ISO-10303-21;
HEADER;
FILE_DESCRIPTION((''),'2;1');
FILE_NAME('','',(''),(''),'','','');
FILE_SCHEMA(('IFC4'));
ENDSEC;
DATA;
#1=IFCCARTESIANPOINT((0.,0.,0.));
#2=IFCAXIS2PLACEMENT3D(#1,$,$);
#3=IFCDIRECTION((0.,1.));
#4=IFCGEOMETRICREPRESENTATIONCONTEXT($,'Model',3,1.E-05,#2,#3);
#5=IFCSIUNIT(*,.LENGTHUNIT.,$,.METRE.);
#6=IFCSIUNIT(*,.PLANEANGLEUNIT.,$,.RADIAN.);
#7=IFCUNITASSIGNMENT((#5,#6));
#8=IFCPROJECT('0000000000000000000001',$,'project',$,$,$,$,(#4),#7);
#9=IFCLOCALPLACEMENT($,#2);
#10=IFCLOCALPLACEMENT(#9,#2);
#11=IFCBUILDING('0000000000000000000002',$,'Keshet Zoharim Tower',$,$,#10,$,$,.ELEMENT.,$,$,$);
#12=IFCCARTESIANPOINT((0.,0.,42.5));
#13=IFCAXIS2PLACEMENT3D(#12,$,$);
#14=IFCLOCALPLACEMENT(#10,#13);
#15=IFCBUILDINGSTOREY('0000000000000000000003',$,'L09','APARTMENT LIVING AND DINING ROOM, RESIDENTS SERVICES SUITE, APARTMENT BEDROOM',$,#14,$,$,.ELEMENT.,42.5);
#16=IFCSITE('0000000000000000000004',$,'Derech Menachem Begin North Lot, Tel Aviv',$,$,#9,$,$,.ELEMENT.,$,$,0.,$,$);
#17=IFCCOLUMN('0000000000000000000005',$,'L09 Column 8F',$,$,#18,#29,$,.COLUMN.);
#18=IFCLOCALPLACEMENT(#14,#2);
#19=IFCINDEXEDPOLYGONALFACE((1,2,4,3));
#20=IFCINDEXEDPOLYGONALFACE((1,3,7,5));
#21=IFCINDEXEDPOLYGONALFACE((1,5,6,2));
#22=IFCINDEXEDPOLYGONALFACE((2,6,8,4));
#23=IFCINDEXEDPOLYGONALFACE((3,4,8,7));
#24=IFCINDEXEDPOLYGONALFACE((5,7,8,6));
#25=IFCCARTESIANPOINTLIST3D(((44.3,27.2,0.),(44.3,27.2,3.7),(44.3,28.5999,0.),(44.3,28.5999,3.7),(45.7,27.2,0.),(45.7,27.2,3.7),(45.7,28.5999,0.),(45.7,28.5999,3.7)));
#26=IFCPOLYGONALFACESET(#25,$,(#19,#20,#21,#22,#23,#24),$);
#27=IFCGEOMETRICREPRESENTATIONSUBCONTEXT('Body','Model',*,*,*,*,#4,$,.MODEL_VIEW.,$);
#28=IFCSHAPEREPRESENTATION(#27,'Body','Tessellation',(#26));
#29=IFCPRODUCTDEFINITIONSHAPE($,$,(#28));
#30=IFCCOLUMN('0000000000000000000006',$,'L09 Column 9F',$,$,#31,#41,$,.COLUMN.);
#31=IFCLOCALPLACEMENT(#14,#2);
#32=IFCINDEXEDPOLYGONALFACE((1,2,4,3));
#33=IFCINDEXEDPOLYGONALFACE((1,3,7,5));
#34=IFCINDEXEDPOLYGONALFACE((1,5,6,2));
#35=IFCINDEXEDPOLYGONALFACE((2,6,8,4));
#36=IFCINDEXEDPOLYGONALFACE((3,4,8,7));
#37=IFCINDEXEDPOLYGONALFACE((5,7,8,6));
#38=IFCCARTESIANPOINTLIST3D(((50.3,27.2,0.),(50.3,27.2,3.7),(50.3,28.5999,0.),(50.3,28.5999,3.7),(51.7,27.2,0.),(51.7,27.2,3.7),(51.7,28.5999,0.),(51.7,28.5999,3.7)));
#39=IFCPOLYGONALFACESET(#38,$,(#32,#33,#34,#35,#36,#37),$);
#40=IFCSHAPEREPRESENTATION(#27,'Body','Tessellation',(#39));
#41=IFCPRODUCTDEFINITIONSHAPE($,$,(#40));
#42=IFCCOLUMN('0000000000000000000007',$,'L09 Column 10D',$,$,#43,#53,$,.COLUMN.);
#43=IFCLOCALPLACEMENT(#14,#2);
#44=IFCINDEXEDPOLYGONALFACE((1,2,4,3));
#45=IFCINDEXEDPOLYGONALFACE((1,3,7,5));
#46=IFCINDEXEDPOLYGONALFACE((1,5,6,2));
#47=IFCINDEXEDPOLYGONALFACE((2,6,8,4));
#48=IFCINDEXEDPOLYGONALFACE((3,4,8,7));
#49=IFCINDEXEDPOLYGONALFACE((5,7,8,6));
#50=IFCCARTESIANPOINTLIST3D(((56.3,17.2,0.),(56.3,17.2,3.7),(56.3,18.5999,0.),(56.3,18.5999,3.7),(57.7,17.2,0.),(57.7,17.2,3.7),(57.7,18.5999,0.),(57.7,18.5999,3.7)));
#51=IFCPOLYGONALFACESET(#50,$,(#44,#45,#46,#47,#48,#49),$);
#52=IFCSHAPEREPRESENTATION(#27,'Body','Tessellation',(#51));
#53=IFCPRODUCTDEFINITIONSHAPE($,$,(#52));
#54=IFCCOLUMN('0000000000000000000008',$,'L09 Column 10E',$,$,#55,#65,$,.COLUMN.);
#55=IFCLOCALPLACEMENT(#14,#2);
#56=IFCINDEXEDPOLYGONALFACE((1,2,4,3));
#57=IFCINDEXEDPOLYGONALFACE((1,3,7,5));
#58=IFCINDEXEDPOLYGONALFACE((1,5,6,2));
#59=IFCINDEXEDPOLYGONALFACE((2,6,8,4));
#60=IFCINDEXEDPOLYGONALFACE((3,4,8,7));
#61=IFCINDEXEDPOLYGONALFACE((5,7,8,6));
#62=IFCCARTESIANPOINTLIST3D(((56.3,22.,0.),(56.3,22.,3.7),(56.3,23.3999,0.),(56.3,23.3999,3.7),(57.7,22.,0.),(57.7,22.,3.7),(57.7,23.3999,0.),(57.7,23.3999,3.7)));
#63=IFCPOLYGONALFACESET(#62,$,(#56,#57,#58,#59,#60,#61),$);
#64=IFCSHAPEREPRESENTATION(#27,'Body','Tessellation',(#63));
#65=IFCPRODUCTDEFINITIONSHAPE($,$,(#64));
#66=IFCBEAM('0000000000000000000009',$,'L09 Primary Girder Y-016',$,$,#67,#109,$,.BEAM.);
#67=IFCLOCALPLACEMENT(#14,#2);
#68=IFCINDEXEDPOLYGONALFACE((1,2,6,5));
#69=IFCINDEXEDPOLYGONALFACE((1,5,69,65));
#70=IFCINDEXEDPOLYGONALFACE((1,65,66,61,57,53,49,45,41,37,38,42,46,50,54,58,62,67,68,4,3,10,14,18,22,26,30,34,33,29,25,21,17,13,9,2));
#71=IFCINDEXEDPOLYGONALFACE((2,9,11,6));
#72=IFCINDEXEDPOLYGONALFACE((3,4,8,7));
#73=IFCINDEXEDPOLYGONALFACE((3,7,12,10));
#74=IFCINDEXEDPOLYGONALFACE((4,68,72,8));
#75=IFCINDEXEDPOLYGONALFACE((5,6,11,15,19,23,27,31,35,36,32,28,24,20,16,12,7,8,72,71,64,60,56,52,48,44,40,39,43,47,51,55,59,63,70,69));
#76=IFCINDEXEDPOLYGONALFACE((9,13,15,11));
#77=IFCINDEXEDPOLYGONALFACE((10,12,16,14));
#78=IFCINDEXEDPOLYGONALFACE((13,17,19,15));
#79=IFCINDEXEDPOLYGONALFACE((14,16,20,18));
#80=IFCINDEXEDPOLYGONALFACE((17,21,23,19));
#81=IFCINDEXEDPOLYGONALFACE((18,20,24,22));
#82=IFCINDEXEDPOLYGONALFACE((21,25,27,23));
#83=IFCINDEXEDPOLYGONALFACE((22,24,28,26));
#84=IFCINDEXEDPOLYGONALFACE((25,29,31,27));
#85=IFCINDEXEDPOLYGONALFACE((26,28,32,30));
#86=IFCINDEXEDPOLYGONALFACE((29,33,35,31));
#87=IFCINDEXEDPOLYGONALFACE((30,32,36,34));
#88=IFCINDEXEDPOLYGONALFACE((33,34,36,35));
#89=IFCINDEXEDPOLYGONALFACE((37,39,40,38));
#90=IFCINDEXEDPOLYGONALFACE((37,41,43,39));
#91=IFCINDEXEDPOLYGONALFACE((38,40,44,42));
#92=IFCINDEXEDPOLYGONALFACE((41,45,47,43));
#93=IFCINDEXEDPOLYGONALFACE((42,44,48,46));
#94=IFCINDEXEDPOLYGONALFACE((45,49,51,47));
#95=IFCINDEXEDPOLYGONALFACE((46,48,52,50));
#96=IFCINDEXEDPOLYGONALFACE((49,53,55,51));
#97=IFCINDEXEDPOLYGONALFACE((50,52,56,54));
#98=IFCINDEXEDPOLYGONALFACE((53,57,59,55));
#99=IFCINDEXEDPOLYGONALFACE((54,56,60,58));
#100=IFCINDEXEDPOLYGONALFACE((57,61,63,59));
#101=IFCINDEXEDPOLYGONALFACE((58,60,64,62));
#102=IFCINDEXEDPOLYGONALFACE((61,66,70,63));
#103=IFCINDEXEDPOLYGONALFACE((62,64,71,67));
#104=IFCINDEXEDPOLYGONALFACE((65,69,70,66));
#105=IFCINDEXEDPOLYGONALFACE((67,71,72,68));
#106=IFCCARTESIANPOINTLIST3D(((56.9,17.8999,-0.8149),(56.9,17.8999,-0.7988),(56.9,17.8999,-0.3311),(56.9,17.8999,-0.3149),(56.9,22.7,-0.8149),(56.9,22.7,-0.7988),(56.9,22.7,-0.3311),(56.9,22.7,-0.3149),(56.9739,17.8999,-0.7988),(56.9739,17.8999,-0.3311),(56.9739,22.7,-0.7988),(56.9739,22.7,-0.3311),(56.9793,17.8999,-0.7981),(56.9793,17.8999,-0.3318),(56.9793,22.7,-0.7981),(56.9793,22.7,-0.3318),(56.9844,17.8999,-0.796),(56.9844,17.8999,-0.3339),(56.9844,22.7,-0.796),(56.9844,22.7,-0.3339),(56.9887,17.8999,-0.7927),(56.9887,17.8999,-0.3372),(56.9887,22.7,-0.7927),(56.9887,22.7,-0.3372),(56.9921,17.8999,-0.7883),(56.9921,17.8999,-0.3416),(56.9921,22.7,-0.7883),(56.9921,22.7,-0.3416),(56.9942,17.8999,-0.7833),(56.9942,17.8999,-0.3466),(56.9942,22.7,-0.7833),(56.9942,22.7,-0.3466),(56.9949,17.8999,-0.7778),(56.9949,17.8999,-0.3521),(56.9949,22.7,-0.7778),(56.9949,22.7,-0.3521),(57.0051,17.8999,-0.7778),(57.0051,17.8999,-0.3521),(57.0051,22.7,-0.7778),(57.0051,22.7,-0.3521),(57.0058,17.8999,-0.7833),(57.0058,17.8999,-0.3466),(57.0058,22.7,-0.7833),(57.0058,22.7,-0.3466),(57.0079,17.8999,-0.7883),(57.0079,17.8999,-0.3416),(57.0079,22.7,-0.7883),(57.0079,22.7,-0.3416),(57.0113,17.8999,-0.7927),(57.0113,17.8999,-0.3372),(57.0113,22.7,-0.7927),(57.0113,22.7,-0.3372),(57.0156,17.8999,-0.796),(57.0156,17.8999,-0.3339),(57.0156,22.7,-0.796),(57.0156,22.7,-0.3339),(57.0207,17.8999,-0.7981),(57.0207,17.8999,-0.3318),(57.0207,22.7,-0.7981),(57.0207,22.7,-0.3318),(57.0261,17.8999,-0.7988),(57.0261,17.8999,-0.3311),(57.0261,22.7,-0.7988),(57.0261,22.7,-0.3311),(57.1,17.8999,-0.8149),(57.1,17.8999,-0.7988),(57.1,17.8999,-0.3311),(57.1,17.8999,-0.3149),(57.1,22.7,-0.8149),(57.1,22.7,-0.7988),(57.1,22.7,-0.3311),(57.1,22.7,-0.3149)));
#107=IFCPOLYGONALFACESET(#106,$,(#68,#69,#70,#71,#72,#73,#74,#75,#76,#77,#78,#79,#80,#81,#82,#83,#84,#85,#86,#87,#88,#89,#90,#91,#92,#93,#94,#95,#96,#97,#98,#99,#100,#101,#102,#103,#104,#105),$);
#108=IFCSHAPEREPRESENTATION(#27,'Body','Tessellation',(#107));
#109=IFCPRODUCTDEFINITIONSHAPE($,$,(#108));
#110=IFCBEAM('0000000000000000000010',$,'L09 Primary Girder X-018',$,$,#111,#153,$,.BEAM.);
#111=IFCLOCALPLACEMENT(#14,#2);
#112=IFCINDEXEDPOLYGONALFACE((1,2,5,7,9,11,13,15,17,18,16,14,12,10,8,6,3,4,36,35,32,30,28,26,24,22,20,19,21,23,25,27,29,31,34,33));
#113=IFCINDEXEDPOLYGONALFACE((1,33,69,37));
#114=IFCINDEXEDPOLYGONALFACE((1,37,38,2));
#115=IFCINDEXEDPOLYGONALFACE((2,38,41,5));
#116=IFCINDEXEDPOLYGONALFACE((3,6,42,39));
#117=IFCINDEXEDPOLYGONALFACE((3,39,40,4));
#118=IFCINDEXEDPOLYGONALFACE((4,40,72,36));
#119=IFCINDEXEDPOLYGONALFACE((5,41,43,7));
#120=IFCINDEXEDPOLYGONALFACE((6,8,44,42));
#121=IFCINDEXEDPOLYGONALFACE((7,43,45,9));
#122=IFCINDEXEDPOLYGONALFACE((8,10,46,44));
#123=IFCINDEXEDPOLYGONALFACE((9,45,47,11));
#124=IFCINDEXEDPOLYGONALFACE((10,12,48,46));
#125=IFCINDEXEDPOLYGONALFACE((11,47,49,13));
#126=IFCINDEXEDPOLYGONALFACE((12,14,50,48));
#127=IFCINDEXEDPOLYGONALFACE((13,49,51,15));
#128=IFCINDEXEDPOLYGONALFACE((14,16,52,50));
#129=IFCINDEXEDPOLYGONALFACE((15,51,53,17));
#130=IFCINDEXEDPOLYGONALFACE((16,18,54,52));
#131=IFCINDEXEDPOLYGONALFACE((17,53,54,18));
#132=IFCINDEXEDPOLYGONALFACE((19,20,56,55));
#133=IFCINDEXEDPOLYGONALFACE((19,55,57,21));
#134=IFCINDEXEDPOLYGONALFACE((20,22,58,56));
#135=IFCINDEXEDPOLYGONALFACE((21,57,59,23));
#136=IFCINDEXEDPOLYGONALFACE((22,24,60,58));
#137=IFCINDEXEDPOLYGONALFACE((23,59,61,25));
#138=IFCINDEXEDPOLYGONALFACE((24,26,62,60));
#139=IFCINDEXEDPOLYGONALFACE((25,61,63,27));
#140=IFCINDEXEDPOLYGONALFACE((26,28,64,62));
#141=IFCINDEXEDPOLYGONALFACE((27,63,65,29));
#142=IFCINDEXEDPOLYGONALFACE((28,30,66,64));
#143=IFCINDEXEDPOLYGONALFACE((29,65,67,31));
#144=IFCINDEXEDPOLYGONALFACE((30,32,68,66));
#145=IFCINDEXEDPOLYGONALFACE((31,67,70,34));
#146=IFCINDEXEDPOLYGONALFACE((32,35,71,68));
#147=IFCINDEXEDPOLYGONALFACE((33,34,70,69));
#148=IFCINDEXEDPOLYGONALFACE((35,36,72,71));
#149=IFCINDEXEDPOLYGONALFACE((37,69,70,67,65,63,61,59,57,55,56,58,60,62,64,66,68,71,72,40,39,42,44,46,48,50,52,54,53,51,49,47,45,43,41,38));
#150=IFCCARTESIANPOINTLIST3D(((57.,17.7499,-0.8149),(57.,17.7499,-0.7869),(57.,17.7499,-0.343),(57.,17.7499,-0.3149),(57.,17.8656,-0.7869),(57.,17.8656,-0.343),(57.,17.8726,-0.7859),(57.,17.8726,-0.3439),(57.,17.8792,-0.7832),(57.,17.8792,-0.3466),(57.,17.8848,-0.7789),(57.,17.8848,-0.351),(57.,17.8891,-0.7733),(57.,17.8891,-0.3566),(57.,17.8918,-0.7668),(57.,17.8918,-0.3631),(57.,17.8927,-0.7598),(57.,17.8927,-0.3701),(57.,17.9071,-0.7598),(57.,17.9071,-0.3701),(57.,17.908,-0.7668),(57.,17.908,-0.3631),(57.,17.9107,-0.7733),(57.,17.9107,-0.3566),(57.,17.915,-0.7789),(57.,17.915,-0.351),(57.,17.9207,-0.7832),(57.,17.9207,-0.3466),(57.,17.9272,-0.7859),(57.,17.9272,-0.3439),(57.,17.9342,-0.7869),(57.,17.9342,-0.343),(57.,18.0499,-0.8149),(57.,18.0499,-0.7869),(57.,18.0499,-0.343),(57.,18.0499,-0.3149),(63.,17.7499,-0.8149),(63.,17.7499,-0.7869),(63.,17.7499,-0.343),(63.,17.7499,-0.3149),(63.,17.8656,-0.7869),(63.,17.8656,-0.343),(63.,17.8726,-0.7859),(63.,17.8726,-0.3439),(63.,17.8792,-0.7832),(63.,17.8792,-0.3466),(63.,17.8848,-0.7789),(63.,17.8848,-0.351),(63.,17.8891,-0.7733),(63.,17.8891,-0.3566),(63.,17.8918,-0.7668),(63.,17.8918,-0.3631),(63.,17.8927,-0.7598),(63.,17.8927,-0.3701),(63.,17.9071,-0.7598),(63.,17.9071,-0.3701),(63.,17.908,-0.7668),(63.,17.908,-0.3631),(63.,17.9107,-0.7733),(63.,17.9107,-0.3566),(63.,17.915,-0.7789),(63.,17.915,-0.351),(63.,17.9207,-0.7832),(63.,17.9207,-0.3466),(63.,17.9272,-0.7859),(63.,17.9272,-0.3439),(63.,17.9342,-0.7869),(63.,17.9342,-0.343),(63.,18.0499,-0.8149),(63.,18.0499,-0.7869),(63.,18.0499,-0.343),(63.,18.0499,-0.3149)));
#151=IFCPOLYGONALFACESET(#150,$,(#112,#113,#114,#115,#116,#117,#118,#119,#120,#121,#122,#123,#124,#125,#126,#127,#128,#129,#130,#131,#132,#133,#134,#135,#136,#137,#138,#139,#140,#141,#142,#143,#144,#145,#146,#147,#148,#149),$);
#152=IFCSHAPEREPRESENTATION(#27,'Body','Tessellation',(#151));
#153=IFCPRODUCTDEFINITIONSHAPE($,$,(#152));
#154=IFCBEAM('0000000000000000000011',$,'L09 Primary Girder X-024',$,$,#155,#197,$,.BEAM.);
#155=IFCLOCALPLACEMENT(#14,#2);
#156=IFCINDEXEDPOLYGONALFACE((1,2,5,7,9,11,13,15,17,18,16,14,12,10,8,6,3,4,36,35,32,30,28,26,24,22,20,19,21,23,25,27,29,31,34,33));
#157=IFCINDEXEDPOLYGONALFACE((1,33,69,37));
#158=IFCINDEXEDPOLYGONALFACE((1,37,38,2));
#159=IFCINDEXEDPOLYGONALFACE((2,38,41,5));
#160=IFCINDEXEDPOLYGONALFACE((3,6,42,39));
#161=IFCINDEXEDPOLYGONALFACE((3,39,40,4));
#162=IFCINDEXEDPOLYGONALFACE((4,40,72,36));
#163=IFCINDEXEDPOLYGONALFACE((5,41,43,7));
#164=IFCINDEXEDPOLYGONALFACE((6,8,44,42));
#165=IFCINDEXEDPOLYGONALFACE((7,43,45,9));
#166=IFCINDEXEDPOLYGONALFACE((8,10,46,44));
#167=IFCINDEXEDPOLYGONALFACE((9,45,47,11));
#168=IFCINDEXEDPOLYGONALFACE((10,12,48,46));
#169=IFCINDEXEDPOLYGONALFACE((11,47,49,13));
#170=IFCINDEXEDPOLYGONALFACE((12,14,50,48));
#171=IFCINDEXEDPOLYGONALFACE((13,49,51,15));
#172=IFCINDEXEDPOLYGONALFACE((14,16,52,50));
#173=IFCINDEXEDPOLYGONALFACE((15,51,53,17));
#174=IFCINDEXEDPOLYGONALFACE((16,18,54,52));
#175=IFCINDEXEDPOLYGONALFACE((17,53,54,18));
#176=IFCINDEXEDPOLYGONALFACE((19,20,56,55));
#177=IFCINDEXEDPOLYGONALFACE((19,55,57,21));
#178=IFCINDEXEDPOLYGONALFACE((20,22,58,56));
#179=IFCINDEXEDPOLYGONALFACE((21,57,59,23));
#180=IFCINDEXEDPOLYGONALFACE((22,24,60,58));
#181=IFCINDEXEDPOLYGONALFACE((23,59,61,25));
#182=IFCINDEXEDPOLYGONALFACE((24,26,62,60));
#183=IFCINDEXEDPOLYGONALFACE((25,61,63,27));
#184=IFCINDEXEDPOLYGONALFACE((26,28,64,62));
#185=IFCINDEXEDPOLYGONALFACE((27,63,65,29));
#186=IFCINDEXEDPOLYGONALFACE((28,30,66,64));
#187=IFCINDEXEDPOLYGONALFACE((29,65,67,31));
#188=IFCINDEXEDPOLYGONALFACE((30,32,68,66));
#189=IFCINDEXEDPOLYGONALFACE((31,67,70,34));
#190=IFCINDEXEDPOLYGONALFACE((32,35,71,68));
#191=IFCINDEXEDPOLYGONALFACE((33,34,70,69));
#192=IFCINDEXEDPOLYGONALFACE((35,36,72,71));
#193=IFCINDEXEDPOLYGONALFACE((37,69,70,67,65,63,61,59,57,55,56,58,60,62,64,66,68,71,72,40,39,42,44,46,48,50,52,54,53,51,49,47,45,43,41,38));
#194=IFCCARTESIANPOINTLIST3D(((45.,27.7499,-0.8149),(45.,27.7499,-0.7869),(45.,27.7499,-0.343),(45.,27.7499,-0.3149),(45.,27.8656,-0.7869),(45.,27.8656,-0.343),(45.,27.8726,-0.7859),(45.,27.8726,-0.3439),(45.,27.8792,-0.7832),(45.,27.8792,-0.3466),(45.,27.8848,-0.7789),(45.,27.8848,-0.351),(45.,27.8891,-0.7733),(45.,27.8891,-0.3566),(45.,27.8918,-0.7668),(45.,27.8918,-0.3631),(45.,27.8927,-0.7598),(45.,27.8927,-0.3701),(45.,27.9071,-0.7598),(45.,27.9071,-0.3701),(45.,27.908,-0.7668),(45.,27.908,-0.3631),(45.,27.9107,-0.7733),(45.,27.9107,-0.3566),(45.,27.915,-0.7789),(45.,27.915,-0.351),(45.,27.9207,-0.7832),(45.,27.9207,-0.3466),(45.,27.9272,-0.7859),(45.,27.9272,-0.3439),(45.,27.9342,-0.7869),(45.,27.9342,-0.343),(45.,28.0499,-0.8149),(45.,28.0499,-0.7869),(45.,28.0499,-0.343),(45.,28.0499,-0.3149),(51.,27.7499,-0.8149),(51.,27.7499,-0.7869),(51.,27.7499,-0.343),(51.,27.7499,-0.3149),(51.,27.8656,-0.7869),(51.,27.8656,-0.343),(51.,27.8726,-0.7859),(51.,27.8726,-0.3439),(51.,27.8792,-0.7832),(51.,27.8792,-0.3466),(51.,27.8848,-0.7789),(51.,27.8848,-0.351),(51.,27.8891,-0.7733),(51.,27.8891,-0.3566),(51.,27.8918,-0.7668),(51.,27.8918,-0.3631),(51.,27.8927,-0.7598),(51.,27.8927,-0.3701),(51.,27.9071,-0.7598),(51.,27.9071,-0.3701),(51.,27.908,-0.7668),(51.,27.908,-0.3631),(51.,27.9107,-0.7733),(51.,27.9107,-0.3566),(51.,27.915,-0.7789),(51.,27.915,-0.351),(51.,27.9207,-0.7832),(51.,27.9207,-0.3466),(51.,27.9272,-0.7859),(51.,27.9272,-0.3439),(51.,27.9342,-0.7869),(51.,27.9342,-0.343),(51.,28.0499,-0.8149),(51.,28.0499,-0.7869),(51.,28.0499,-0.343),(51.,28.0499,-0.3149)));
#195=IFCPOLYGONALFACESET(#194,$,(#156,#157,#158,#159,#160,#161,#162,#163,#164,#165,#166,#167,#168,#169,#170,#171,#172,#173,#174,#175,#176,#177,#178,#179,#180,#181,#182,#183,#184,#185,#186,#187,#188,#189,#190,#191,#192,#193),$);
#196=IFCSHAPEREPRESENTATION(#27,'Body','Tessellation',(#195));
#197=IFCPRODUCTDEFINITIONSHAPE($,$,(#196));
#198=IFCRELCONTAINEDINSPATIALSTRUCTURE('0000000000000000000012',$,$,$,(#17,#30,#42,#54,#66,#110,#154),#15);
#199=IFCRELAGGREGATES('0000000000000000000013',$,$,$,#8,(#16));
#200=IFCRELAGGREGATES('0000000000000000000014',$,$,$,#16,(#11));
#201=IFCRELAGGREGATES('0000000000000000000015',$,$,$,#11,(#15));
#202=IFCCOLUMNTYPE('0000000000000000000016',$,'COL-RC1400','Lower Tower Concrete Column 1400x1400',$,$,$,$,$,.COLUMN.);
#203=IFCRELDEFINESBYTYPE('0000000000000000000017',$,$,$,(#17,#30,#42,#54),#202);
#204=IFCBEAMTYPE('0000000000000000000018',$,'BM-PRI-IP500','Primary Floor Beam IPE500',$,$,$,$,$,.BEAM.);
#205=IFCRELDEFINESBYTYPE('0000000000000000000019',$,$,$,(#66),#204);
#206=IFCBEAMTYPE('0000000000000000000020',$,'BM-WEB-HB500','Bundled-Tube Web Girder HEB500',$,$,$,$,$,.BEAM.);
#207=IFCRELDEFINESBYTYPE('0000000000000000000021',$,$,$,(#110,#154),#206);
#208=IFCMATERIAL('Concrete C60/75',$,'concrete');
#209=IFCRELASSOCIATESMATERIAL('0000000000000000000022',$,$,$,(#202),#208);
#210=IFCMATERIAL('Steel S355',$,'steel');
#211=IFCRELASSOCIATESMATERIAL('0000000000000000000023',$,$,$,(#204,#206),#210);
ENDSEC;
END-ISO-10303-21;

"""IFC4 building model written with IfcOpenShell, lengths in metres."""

from ifc_helpers import new_model, si_unit, direction, frame, origin, origin_2d, place, context, subcontext, project, spatial, rectangle, i_section, extrude, material, material_profile, profile_set, type_object, element, save


model = new_model("IFC4")

# Units and contexts
model_context = context("Model", 3, precision=1e-05, world=origin(), true_north=direction((0.0, 1.0)))
body_context = subcontext(model_context, "Body", "Model", "MODEL_VIEW")
ifc_project = project(units=[si_unit("LENGTHUNIT", "METRE"), si_unit("PLANEANGLEUNIT", "RADIAN")], contexts=[model_context])

# Site, building, storey
site_placement = place(None, origin())
site = spatial("IfcSite", under=ifc_project, at=site_placement, Name="Derech Menachem Begin North Lot, Tel Aviv", CompositionType="ELEMENT", RefElevation=0.0)
building_placement = place(site_placement, origin())
building = spatial("IfcBuilding", under=site, at=building_placement, Name="Keshet Zoharim Tower", CompositionType="ELEMENT")
storey_placement = place(building_placement, frame((0.0, 0.0, 42.5)))
storey = spatial("IfcBuildingStorey", under=building, at=storey_placement, Name="L09", Description="APARTMENT LIVING AND DINING ROOM, RESIDENTS SERVICES SUITE, APARTMENT BEDROOM", CompositionType="ELEMENT", Elevation=42.5)

# Columns
ifc_material_1 = material(Name="Concrete C60/75", Category="concrete")
ifc_material_profile_1 = material_profile(ifc_material_1, rectangle(XDim=1.3999, YDim=1.3999, at=origin_2d()), Name="RC1400x1400")
ifc_profile_set_1 = profile_set([ifc_material_profile_1], Name="Concrete C60/75")
column_type = type_object("IfcColumnType", Name="COL-RC1400", Description="Lower Tower Concrete Column 1400x1400", PredefinedType="COLUMN", material=ifc_profile_set_1)
for number, where, z_axis, x_axis, name in (
    (1, (45.0, 27.8999, 0.0), (0.0, 0.0, 1.0), (1.0, 0.0, 0.0), "L09 Column 8F"),
    (2, (51.0, 27.8999, 0.0), (0.0, 0.0, 1.0), (1.0, 0.0, 0.0), "L09 Column 9F"),
    (3, (57.0, 17.8999, 0.0), (0.0, 0.0, 1.0), (1.0, 0.0, 0.0), "L09 Column 10D"),
    (4, (57.0, 22.7, 0.0), (0.0, 0.0, 1.0), (1.0, 0.0, 0.0), "L09 Column 10E"),
):
    element("IfcColumn", number, at=place(storey_placement, frame(where, z_axis=z_axis, x_axis=x_axis)), inside=storey, type_object=column_type, Name=name, PredefinedType="COLUMN", context=body_context, shape_type="SweptSolid", body=[
        extrude(rectangle(XDim=1.3999, YDim=1.3999, at=origin_2d()), origin(), (0.0, 0.0, 1.0), 3.7),
    ])

# Beams
ifc_material_2 = material(Name="Steel S355", Category="steel")
ifc_material_profile_2 = material_profile(ifc_material_2, i_section(OverallWidth=0.2, OverallDepth=0.5, WebThickness=0.0103, FlangeThickness=0.0161, FilletRadius=0.021, at=origin_2d()), Name="IPE500")
ifc_profile_set_2 = profile_set([ifc_material_profile_2], Name="Steel S355")
beam_type_1 = type_object("IfcBeamType", Name="BM-PRI-IP500", Description="Primary Floor Beam IPE500", PredefinedType="BEAM", material=ifc_profile_set_2)
beam_placement = place(storey_placement, frame((57.0, 17.8999, -0.5649), z_axis=(0.0, 1.0, 0.0), x_axis=(-1.0, 0.0, 0.0)))
element("IfcBeam", 5, at=beam_placement, inside=storey, type_object=beam_type_1, Name="L09 Primary Girder Y-016", PredefinedType="BEAM", context=body_context, shape_type="SweptSolid", body=[
    extrude(i_section(OverallWidth=0.2, OverallDepth=0.5, WebThickness=0.0103, FlangeThickness=0.0161, FilletRadius=0.021, at=origin_2d()), origin(), (0.0, 0.0, 1.0), 4.8),
])
ifc_material_profile_3 = material_profile(ifc_material_2, i_section(OverallWidth=0.3, OverallDepth=0.5, WebThickness=0.0144, FlangeThickness=0.0281, FilletRadius=0.0271, at=origin_2d()), Name="HEB500")
ifc_profile_set_3 = profile_set([ifc_material_profile_3], Name="Steel S355")
beam_type_2 = type_object("IfcBeamType", Name="BM-WEB-HB500", Description="Bundled-Tube Web Girder HEB500", PredefinedType="BEAM", material=ifc_profile_set_3)
for number, where, z_axis, x_axis, name in (
    (6, (57.0, 17.8999, -0.5649), (1.0, 0.0, 0.0), (0.0, 1.0, 0.0), "L09 Primary Girder X-018"),
    (7, (45.0, 27.8999, -0.5649), (1.0, 0.0, 0.0), (0.0, 1.0, 0.0), "L09 Primary Girder X-024"),
):
    element("IfcBeam", number, at=place(storey_placement, frame(where, z_axis=z_axis, x_axis=x_axis)), inside=storey, type_object=beam_type_2, Name=name, PredefinedType="BEAM", context=body_context, shape_type="SweptSolid", body=[
        extrude(i_section(OverallWidth=0.3, OverallDepth=0.5, WebThickness=0.0144, FlangeThickness=0.0281, FilletRadius=0.0271, at=origin_2d()), origin(), (0.0, 0.0, 1.0), 6.0),
    ])

save(model, "model.ifc")
